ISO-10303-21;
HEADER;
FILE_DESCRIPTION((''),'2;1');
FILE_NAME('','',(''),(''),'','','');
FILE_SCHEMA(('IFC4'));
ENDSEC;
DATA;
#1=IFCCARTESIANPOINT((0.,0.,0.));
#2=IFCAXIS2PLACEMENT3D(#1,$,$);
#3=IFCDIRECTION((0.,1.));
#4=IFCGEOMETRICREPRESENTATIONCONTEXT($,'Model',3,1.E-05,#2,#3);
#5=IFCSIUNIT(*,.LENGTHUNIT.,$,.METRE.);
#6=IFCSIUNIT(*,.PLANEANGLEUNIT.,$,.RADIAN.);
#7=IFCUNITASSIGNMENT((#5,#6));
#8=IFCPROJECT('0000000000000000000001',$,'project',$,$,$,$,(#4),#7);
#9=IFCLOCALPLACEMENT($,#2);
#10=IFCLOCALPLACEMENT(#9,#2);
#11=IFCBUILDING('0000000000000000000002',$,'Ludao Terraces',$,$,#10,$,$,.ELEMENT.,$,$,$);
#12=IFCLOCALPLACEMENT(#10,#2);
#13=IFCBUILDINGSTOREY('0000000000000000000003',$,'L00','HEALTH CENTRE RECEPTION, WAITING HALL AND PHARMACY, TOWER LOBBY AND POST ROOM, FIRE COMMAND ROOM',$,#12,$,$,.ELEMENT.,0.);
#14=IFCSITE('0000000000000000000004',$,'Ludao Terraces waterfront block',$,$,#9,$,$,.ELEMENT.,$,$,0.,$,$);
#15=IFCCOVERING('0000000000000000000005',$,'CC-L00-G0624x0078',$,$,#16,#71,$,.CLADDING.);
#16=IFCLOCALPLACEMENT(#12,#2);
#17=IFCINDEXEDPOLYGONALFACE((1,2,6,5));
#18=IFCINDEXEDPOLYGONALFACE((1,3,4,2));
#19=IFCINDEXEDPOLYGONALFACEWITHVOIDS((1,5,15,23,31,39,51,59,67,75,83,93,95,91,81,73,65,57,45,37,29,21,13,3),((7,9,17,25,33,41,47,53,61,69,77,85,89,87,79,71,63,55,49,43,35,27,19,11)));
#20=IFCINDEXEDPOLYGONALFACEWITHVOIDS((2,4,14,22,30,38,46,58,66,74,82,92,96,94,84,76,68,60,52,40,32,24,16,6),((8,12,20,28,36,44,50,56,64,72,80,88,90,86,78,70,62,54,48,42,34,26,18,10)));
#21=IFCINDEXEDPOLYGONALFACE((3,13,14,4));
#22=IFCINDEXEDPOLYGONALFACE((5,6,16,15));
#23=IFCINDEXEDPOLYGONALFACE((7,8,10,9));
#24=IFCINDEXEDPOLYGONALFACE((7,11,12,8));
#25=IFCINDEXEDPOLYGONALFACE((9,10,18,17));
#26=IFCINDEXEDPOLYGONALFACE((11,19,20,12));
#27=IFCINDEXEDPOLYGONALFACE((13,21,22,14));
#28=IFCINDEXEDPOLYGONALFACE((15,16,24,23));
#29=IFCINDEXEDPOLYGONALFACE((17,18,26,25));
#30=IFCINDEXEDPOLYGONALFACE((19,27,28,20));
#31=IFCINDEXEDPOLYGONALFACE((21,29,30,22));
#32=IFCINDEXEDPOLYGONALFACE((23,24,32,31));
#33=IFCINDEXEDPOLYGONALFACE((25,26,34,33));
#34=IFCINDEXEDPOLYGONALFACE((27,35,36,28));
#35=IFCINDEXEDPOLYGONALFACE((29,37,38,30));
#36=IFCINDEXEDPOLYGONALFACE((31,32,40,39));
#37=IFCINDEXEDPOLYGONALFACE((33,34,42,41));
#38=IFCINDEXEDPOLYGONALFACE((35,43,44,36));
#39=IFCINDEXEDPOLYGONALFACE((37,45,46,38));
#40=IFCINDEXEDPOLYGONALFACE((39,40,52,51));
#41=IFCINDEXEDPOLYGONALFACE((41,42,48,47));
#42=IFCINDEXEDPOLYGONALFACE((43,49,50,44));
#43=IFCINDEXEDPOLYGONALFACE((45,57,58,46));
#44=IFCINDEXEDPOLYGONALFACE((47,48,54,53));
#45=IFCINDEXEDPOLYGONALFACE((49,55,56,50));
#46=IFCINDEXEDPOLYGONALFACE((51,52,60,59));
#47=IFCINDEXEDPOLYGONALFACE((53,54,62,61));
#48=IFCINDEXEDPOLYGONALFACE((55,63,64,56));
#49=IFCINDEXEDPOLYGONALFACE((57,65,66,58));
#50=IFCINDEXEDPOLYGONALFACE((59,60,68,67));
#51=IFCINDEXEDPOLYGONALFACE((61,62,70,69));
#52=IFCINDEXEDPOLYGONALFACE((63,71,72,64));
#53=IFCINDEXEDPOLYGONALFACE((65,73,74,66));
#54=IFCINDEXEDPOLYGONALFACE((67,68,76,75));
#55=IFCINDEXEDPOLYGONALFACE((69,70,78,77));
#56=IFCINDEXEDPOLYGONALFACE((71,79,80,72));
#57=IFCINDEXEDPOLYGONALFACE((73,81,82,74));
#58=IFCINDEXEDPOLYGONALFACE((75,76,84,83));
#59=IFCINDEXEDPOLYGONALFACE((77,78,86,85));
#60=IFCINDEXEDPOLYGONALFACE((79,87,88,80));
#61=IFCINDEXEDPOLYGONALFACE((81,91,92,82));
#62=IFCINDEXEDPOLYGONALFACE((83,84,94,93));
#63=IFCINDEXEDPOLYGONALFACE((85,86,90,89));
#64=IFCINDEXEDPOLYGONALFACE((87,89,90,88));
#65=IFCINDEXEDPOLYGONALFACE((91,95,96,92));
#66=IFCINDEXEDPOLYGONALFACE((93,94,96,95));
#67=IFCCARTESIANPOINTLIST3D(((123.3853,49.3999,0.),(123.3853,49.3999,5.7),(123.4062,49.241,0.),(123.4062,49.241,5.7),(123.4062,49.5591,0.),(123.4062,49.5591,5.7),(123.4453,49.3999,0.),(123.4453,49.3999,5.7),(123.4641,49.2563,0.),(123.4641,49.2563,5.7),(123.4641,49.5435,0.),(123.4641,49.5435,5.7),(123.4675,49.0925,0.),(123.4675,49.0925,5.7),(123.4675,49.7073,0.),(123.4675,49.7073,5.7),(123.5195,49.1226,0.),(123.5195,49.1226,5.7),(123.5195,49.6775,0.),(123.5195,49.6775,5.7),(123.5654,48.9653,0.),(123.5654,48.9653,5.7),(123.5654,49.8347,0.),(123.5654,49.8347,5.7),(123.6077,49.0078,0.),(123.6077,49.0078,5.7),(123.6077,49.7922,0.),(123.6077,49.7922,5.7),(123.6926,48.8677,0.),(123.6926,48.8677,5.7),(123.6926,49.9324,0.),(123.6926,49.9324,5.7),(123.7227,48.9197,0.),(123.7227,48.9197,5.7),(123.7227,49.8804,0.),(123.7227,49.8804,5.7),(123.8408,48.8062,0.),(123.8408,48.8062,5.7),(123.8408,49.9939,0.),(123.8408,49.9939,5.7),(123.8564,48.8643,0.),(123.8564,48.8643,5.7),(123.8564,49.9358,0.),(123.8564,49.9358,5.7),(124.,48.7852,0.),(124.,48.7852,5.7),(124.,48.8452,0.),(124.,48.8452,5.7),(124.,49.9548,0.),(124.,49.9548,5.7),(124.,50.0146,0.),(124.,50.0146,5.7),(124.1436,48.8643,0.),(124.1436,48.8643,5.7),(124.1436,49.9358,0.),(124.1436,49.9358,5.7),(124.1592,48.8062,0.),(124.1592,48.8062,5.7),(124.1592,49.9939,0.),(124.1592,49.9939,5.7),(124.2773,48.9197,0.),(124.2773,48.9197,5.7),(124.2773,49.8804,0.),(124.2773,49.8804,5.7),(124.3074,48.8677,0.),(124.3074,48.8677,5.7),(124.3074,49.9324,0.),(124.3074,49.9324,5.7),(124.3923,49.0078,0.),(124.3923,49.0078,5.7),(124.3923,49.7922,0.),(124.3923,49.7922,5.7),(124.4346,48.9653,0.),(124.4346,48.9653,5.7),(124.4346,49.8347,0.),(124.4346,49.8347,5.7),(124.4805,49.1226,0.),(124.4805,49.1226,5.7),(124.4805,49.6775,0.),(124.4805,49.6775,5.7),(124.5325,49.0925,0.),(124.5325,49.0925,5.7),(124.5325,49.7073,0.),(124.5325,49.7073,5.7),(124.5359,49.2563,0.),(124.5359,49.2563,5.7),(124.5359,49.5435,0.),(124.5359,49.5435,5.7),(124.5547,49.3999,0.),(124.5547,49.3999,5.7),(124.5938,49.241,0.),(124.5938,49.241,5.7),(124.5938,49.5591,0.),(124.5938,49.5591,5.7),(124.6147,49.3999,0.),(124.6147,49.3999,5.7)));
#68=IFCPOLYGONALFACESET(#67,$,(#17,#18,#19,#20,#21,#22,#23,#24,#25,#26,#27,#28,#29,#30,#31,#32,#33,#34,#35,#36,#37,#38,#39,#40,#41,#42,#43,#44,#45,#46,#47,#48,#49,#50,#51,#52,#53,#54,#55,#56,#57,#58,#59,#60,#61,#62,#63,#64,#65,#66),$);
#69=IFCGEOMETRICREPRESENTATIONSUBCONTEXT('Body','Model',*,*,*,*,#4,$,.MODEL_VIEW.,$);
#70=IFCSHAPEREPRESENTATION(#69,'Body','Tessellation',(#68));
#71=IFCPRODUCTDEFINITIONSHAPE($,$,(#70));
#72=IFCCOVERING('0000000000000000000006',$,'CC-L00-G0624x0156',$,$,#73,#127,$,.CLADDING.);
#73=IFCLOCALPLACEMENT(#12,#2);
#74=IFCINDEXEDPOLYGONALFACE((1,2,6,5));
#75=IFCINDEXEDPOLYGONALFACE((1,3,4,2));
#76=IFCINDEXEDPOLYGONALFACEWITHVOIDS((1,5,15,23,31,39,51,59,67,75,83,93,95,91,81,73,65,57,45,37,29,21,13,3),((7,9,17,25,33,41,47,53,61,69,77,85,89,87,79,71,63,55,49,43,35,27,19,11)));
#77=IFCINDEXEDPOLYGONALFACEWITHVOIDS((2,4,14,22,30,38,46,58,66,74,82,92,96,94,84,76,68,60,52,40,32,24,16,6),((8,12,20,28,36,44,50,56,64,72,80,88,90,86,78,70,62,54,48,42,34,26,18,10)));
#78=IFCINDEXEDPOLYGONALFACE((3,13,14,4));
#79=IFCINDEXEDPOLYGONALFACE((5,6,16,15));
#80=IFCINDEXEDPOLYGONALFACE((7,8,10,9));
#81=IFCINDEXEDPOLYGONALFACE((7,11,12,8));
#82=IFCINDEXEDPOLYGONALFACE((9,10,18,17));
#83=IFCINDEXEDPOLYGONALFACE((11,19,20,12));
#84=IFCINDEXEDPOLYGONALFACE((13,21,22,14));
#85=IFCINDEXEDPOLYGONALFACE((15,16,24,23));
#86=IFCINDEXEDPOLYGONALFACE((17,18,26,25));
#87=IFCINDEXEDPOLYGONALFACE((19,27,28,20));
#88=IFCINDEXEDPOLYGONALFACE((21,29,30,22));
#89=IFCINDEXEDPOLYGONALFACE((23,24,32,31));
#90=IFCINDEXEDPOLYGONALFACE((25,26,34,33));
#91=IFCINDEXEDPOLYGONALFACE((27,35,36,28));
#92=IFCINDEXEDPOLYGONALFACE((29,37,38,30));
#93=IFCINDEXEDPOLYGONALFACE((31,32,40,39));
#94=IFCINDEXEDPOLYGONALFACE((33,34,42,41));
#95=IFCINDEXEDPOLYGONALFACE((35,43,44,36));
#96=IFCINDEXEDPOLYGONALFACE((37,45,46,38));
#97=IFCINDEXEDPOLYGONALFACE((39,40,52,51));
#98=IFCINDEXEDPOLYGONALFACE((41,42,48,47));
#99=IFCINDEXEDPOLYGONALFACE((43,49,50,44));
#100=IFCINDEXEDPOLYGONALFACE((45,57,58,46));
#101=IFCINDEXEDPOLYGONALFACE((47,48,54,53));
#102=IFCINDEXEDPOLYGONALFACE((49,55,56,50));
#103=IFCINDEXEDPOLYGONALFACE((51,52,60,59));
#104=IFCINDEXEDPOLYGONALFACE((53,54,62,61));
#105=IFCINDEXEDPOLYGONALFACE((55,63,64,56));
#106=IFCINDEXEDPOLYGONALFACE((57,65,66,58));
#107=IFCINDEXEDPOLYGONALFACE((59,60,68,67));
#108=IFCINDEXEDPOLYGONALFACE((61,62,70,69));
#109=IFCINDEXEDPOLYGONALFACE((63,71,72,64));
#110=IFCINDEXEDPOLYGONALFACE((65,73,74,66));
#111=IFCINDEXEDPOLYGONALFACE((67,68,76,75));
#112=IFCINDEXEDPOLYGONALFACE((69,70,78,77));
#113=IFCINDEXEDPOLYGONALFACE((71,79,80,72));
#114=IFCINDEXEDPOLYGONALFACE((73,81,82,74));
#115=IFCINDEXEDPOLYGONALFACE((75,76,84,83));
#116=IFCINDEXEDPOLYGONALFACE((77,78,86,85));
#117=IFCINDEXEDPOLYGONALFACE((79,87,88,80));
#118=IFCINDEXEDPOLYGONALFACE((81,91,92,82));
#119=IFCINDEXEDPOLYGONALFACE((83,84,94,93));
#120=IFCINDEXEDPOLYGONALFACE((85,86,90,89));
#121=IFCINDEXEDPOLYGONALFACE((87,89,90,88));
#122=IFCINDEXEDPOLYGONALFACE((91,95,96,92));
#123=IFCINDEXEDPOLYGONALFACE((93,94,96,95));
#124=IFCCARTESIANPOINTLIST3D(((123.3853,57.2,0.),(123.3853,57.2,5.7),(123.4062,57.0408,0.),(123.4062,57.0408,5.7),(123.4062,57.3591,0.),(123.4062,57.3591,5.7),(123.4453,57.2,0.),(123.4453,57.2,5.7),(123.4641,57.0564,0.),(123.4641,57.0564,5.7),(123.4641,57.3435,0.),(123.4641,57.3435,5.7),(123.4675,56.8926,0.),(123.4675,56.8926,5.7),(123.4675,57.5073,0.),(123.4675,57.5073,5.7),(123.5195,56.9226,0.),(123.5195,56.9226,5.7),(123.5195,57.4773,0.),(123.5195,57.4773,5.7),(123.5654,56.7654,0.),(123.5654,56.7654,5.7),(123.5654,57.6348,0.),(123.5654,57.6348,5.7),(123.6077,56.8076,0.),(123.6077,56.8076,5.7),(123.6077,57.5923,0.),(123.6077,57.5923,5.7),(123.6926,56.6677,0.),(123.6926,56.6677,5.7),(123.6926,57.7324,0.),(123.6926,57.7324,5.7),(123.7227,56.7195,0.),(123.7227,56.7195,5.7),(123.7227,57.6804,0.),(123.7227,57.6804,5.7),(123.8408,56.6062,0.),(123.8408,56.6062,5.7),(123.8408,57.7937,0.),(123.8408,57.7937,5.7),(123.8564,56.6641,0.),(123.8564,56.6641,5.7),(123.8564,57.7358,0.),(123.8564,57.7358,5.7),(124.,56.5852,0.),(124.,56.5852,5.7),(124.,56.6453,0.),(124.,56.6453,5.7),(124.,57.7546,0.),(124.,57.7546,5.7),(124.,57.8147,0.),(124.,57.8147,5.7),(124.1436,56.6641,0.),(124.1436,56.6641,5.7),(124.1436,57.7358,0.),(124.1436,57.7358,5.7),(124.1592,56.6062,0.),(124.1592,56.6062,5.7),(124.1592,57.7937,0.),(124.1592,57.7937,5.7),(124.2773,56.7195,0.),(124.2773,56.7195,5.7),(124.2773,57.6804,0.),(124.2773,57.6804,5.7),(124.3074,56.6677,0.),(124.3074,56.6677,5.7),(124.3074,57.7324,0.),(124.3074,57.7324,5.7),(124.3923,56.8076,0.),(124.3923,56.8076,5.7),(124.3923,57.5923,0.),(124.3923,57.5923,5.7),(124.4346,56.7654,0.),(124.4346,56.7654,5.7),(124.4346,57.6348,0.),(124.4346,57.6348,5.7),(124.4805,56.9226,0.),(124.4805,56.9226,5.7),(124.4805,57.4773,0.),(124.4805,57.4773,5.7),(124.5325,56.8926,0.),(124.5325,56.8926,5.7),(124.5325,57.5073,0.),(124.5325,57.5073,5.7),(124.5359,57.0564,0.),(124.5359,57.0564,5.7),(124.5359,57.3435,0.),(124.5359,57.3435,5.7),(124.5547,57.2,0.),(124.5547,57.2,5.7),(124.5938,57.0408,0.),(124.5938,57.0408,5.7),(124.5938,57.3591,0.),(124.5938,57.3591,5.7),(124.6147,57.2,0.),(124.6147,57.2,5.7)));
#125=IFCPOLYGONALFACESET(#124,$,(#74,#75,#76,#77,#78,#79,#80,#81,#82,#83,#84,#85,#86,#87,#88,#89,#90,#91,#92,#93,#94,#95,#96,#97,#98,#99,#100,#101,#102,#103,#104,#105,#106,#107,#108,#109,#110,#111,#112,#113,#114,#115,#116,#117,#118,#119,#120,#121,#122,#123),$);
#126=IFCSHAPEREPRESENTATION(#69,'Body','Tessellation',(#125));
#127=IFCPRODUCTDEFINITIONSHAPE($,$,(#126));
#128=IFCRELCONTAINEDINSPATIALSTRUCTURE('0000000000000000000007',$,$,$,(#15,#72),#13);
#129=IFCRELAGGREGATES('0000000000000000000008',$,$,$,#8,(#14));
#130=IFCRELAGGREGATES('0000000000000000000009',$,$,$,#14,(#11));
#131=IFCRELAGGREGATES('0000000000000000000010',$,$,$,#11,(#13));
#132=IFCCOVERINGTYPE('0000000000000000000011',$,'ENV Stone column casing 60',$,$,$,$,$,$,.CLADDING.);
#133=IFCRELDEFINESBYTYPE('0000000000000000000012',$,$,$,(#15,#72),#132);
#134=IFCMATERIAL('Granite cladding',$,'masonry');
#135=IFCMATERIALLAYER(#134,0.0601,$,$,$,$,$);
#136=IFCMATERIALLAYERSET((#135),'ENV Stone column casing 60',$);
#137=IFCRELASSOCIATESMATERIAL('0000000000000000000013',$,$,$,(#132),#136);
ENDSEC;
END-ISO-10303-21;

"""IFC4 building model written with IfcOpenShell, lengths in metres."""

from ifc_helpers import new_model, si_unit, direction, origin, place, context, subcontext, project, spatial, polyline, outline, extrude, material, layer, layer_set, type_object, element, save


model = new_model("IFC4")

# Units and contexts
model_context = context("Model", 3, precision=1e-05, world=origin(), true_north=direction((0.0, 1.0)))
body_context = subcontext(model_context, "Body", "Model", "MODEL_VIEW")
ifc_project = project(units=[si_unit("LENGTHUNIT", "METRE"), si_unit("PLANEANGLEUNIT", "RADIAN")], contexts=[model_context])

# Site, building, storey
site_placement = place(None, origin())
site = spatial("IfcSite", under=ifc_project, at=site_placement, Name="Ludao Terraces waterfront block", CompositionType="ELEMENT", RefElevation=0.0)
building_placement = place(site_placement, origin())
building = spatial("IfcBuilding", under=site, at=building_placement, Name="Ludao Terraces", CompositionType="ELEMENT")
storey_placement = place(building_placement, origin())
storey = spatial("IfcBuildingStorey", under=building, at=storey_placement, Name="L00", Description="HEALTH CENTRE RECEPTION, WAITING HALL AND PHARMACY, TOWER LOBBY AND POST ROOM, FIRE COMMAND ROOM", CompositionType="ELEMENT", Elevation=0.0)

# Coverings
ifc_material_1 = material(Name="Granite cladding", Category="masonry")
ifc_layer_1 = layer(ifc_material_1, 0.0601)
ifc_layer_set_1 = layer_set([ifc_layer_1], Name="ENV Stone column casing 60")
covering_type_1 = type_object("IfcCoveringType", Name="ENV Stone column casing 60", PredefinedType="CLADDING", material=ifc_layer_set_1)
covering_1_placement = place(storey_placement, origin())
element("IfcCovering", 1, at=covering_1_placement, inside=storey, type_object=covering_type_1, Name="CC-L00-G0624x0078", PredefinedType="CLADDING", context=body_context, shape_type="SweptSolid", body=[
    extrude(outline(polyline([(124.6147, 49.3999), (124.5938, 49.5591), (124.5325, 49.7073), (124.4346, 49.8347), (124.3074, 49.9324), (124.1592, 49.9939), (124.0, 50.0146), (123.8408, 49.9939), (123.6926, 49.9324), (123.5654, 49.8347), (123.4675, 49.7073), (123.4062, 49.5591), (123.3853, 49.3999), (123.4062, 49.241), (123.4675, 49.0925), (123.5654, 48.9653), (123.6926, 48.8677), (123.8408, 48.8062), (124.0, 48.7852), (124.1592, 48.8062), (124.3074, 48.8677), (124.4346, 48.9653), (124.5325, 49.0925), (124.5938, 49.241), (124.6147, 49.3999)]), holes=[polyline([(124.5359, 49.2563), (124.4805, 49.1226), (124.3923, 49.0078), (124.2773, 48.9197), (124.1436, 48.8643), (124.0, 48.8452), (123.8564, 48.8643), (123.7227, 48.9197), (123.6077, 49.0078), (123.5195, 49.1226), (123.4641, 49.2563), (123.4453, 49.3999), (123.4641, 49.5435), (123.5195, 49.6775), (123.6077, 49.7922), (123.7227, 49.8804), (123.8564, 49.9358), (124.0, 49.9548), (124.1436, 49.9358), (124.2773, 49.8804), (124.3923, 49.7922), (124.4805, 49.6775), (124.5359, 49.5435), (124.5547, 49.3999), (124.5359, 49.2563)])]), origin(), (0.0, 0.0, 1.0), 5.7),
])
covering_2_placement = place(storey_placement, origin())
element("IfcCovering", 2, at=covering_2_placement, inside=storey, type_object=covering_type_1, Name="CC-L00-G0624x0156", PredefinedType="CLADDING", context=body_context, shape_type="SweptSolid", body=[
    extrude(outline(polyline([(124.6147, 57.2), (124.5938, 57.3591), (124.5325, 57.5073), (124.4346, 57.6348), (124.3074, 57.7324), (124.1592, 57.7937), (124.0, 57.8147), (123.8408, 57.7937), (123.6926, 57.7324), (123.5654, 57.6348), (123.4675, 57.5073), (123.4062, 57.3591), (123.3853, 57.2), (123.4062, 57.0408), (123.4675, 56.8926), (123.5654, 56.7654), (123.6926, 56.6677), (123.8408, 56.6062), (124.0, 56.5852), (124.1592, 56.6062), (124.3074, 56.6677), (124.4346, 56.7654), (124.5325, 56.8926), (124.5938, 57.0408), (124.6147, 57.2)]), holes=[polyline([(124.5359, 57.0564), (124.4805, 56.9226), (124.3923, 56.8076), (124.2773, 56.7195), (124.1436, 56.6641), (124.0, 56.6453), (123.8564, 56.6641), (123.7227, 56.7195), (123.6077, 56.8076), (123.5195, 56.9226), (123.4641, 57.0564), (123.4453, 57.2), (123.4641, 57.3435), (123.5195, 57.4773), (123.6077, 57.5923), (123.7227, 57.6804), (123.8564, 57.7358), (124.0, 57.7546), (124.1436, 57.7358), (124.2773, 57.6804), (124.3923, 57.5923), (124.4805, 57.4773), (124.5359, 57.3435), (124.5547, 57.2), (124.5359, 57.0564)])]), origin(), (0.0, 0.0, 1.0), 5.7),
])

save(model, "model.ifc")
